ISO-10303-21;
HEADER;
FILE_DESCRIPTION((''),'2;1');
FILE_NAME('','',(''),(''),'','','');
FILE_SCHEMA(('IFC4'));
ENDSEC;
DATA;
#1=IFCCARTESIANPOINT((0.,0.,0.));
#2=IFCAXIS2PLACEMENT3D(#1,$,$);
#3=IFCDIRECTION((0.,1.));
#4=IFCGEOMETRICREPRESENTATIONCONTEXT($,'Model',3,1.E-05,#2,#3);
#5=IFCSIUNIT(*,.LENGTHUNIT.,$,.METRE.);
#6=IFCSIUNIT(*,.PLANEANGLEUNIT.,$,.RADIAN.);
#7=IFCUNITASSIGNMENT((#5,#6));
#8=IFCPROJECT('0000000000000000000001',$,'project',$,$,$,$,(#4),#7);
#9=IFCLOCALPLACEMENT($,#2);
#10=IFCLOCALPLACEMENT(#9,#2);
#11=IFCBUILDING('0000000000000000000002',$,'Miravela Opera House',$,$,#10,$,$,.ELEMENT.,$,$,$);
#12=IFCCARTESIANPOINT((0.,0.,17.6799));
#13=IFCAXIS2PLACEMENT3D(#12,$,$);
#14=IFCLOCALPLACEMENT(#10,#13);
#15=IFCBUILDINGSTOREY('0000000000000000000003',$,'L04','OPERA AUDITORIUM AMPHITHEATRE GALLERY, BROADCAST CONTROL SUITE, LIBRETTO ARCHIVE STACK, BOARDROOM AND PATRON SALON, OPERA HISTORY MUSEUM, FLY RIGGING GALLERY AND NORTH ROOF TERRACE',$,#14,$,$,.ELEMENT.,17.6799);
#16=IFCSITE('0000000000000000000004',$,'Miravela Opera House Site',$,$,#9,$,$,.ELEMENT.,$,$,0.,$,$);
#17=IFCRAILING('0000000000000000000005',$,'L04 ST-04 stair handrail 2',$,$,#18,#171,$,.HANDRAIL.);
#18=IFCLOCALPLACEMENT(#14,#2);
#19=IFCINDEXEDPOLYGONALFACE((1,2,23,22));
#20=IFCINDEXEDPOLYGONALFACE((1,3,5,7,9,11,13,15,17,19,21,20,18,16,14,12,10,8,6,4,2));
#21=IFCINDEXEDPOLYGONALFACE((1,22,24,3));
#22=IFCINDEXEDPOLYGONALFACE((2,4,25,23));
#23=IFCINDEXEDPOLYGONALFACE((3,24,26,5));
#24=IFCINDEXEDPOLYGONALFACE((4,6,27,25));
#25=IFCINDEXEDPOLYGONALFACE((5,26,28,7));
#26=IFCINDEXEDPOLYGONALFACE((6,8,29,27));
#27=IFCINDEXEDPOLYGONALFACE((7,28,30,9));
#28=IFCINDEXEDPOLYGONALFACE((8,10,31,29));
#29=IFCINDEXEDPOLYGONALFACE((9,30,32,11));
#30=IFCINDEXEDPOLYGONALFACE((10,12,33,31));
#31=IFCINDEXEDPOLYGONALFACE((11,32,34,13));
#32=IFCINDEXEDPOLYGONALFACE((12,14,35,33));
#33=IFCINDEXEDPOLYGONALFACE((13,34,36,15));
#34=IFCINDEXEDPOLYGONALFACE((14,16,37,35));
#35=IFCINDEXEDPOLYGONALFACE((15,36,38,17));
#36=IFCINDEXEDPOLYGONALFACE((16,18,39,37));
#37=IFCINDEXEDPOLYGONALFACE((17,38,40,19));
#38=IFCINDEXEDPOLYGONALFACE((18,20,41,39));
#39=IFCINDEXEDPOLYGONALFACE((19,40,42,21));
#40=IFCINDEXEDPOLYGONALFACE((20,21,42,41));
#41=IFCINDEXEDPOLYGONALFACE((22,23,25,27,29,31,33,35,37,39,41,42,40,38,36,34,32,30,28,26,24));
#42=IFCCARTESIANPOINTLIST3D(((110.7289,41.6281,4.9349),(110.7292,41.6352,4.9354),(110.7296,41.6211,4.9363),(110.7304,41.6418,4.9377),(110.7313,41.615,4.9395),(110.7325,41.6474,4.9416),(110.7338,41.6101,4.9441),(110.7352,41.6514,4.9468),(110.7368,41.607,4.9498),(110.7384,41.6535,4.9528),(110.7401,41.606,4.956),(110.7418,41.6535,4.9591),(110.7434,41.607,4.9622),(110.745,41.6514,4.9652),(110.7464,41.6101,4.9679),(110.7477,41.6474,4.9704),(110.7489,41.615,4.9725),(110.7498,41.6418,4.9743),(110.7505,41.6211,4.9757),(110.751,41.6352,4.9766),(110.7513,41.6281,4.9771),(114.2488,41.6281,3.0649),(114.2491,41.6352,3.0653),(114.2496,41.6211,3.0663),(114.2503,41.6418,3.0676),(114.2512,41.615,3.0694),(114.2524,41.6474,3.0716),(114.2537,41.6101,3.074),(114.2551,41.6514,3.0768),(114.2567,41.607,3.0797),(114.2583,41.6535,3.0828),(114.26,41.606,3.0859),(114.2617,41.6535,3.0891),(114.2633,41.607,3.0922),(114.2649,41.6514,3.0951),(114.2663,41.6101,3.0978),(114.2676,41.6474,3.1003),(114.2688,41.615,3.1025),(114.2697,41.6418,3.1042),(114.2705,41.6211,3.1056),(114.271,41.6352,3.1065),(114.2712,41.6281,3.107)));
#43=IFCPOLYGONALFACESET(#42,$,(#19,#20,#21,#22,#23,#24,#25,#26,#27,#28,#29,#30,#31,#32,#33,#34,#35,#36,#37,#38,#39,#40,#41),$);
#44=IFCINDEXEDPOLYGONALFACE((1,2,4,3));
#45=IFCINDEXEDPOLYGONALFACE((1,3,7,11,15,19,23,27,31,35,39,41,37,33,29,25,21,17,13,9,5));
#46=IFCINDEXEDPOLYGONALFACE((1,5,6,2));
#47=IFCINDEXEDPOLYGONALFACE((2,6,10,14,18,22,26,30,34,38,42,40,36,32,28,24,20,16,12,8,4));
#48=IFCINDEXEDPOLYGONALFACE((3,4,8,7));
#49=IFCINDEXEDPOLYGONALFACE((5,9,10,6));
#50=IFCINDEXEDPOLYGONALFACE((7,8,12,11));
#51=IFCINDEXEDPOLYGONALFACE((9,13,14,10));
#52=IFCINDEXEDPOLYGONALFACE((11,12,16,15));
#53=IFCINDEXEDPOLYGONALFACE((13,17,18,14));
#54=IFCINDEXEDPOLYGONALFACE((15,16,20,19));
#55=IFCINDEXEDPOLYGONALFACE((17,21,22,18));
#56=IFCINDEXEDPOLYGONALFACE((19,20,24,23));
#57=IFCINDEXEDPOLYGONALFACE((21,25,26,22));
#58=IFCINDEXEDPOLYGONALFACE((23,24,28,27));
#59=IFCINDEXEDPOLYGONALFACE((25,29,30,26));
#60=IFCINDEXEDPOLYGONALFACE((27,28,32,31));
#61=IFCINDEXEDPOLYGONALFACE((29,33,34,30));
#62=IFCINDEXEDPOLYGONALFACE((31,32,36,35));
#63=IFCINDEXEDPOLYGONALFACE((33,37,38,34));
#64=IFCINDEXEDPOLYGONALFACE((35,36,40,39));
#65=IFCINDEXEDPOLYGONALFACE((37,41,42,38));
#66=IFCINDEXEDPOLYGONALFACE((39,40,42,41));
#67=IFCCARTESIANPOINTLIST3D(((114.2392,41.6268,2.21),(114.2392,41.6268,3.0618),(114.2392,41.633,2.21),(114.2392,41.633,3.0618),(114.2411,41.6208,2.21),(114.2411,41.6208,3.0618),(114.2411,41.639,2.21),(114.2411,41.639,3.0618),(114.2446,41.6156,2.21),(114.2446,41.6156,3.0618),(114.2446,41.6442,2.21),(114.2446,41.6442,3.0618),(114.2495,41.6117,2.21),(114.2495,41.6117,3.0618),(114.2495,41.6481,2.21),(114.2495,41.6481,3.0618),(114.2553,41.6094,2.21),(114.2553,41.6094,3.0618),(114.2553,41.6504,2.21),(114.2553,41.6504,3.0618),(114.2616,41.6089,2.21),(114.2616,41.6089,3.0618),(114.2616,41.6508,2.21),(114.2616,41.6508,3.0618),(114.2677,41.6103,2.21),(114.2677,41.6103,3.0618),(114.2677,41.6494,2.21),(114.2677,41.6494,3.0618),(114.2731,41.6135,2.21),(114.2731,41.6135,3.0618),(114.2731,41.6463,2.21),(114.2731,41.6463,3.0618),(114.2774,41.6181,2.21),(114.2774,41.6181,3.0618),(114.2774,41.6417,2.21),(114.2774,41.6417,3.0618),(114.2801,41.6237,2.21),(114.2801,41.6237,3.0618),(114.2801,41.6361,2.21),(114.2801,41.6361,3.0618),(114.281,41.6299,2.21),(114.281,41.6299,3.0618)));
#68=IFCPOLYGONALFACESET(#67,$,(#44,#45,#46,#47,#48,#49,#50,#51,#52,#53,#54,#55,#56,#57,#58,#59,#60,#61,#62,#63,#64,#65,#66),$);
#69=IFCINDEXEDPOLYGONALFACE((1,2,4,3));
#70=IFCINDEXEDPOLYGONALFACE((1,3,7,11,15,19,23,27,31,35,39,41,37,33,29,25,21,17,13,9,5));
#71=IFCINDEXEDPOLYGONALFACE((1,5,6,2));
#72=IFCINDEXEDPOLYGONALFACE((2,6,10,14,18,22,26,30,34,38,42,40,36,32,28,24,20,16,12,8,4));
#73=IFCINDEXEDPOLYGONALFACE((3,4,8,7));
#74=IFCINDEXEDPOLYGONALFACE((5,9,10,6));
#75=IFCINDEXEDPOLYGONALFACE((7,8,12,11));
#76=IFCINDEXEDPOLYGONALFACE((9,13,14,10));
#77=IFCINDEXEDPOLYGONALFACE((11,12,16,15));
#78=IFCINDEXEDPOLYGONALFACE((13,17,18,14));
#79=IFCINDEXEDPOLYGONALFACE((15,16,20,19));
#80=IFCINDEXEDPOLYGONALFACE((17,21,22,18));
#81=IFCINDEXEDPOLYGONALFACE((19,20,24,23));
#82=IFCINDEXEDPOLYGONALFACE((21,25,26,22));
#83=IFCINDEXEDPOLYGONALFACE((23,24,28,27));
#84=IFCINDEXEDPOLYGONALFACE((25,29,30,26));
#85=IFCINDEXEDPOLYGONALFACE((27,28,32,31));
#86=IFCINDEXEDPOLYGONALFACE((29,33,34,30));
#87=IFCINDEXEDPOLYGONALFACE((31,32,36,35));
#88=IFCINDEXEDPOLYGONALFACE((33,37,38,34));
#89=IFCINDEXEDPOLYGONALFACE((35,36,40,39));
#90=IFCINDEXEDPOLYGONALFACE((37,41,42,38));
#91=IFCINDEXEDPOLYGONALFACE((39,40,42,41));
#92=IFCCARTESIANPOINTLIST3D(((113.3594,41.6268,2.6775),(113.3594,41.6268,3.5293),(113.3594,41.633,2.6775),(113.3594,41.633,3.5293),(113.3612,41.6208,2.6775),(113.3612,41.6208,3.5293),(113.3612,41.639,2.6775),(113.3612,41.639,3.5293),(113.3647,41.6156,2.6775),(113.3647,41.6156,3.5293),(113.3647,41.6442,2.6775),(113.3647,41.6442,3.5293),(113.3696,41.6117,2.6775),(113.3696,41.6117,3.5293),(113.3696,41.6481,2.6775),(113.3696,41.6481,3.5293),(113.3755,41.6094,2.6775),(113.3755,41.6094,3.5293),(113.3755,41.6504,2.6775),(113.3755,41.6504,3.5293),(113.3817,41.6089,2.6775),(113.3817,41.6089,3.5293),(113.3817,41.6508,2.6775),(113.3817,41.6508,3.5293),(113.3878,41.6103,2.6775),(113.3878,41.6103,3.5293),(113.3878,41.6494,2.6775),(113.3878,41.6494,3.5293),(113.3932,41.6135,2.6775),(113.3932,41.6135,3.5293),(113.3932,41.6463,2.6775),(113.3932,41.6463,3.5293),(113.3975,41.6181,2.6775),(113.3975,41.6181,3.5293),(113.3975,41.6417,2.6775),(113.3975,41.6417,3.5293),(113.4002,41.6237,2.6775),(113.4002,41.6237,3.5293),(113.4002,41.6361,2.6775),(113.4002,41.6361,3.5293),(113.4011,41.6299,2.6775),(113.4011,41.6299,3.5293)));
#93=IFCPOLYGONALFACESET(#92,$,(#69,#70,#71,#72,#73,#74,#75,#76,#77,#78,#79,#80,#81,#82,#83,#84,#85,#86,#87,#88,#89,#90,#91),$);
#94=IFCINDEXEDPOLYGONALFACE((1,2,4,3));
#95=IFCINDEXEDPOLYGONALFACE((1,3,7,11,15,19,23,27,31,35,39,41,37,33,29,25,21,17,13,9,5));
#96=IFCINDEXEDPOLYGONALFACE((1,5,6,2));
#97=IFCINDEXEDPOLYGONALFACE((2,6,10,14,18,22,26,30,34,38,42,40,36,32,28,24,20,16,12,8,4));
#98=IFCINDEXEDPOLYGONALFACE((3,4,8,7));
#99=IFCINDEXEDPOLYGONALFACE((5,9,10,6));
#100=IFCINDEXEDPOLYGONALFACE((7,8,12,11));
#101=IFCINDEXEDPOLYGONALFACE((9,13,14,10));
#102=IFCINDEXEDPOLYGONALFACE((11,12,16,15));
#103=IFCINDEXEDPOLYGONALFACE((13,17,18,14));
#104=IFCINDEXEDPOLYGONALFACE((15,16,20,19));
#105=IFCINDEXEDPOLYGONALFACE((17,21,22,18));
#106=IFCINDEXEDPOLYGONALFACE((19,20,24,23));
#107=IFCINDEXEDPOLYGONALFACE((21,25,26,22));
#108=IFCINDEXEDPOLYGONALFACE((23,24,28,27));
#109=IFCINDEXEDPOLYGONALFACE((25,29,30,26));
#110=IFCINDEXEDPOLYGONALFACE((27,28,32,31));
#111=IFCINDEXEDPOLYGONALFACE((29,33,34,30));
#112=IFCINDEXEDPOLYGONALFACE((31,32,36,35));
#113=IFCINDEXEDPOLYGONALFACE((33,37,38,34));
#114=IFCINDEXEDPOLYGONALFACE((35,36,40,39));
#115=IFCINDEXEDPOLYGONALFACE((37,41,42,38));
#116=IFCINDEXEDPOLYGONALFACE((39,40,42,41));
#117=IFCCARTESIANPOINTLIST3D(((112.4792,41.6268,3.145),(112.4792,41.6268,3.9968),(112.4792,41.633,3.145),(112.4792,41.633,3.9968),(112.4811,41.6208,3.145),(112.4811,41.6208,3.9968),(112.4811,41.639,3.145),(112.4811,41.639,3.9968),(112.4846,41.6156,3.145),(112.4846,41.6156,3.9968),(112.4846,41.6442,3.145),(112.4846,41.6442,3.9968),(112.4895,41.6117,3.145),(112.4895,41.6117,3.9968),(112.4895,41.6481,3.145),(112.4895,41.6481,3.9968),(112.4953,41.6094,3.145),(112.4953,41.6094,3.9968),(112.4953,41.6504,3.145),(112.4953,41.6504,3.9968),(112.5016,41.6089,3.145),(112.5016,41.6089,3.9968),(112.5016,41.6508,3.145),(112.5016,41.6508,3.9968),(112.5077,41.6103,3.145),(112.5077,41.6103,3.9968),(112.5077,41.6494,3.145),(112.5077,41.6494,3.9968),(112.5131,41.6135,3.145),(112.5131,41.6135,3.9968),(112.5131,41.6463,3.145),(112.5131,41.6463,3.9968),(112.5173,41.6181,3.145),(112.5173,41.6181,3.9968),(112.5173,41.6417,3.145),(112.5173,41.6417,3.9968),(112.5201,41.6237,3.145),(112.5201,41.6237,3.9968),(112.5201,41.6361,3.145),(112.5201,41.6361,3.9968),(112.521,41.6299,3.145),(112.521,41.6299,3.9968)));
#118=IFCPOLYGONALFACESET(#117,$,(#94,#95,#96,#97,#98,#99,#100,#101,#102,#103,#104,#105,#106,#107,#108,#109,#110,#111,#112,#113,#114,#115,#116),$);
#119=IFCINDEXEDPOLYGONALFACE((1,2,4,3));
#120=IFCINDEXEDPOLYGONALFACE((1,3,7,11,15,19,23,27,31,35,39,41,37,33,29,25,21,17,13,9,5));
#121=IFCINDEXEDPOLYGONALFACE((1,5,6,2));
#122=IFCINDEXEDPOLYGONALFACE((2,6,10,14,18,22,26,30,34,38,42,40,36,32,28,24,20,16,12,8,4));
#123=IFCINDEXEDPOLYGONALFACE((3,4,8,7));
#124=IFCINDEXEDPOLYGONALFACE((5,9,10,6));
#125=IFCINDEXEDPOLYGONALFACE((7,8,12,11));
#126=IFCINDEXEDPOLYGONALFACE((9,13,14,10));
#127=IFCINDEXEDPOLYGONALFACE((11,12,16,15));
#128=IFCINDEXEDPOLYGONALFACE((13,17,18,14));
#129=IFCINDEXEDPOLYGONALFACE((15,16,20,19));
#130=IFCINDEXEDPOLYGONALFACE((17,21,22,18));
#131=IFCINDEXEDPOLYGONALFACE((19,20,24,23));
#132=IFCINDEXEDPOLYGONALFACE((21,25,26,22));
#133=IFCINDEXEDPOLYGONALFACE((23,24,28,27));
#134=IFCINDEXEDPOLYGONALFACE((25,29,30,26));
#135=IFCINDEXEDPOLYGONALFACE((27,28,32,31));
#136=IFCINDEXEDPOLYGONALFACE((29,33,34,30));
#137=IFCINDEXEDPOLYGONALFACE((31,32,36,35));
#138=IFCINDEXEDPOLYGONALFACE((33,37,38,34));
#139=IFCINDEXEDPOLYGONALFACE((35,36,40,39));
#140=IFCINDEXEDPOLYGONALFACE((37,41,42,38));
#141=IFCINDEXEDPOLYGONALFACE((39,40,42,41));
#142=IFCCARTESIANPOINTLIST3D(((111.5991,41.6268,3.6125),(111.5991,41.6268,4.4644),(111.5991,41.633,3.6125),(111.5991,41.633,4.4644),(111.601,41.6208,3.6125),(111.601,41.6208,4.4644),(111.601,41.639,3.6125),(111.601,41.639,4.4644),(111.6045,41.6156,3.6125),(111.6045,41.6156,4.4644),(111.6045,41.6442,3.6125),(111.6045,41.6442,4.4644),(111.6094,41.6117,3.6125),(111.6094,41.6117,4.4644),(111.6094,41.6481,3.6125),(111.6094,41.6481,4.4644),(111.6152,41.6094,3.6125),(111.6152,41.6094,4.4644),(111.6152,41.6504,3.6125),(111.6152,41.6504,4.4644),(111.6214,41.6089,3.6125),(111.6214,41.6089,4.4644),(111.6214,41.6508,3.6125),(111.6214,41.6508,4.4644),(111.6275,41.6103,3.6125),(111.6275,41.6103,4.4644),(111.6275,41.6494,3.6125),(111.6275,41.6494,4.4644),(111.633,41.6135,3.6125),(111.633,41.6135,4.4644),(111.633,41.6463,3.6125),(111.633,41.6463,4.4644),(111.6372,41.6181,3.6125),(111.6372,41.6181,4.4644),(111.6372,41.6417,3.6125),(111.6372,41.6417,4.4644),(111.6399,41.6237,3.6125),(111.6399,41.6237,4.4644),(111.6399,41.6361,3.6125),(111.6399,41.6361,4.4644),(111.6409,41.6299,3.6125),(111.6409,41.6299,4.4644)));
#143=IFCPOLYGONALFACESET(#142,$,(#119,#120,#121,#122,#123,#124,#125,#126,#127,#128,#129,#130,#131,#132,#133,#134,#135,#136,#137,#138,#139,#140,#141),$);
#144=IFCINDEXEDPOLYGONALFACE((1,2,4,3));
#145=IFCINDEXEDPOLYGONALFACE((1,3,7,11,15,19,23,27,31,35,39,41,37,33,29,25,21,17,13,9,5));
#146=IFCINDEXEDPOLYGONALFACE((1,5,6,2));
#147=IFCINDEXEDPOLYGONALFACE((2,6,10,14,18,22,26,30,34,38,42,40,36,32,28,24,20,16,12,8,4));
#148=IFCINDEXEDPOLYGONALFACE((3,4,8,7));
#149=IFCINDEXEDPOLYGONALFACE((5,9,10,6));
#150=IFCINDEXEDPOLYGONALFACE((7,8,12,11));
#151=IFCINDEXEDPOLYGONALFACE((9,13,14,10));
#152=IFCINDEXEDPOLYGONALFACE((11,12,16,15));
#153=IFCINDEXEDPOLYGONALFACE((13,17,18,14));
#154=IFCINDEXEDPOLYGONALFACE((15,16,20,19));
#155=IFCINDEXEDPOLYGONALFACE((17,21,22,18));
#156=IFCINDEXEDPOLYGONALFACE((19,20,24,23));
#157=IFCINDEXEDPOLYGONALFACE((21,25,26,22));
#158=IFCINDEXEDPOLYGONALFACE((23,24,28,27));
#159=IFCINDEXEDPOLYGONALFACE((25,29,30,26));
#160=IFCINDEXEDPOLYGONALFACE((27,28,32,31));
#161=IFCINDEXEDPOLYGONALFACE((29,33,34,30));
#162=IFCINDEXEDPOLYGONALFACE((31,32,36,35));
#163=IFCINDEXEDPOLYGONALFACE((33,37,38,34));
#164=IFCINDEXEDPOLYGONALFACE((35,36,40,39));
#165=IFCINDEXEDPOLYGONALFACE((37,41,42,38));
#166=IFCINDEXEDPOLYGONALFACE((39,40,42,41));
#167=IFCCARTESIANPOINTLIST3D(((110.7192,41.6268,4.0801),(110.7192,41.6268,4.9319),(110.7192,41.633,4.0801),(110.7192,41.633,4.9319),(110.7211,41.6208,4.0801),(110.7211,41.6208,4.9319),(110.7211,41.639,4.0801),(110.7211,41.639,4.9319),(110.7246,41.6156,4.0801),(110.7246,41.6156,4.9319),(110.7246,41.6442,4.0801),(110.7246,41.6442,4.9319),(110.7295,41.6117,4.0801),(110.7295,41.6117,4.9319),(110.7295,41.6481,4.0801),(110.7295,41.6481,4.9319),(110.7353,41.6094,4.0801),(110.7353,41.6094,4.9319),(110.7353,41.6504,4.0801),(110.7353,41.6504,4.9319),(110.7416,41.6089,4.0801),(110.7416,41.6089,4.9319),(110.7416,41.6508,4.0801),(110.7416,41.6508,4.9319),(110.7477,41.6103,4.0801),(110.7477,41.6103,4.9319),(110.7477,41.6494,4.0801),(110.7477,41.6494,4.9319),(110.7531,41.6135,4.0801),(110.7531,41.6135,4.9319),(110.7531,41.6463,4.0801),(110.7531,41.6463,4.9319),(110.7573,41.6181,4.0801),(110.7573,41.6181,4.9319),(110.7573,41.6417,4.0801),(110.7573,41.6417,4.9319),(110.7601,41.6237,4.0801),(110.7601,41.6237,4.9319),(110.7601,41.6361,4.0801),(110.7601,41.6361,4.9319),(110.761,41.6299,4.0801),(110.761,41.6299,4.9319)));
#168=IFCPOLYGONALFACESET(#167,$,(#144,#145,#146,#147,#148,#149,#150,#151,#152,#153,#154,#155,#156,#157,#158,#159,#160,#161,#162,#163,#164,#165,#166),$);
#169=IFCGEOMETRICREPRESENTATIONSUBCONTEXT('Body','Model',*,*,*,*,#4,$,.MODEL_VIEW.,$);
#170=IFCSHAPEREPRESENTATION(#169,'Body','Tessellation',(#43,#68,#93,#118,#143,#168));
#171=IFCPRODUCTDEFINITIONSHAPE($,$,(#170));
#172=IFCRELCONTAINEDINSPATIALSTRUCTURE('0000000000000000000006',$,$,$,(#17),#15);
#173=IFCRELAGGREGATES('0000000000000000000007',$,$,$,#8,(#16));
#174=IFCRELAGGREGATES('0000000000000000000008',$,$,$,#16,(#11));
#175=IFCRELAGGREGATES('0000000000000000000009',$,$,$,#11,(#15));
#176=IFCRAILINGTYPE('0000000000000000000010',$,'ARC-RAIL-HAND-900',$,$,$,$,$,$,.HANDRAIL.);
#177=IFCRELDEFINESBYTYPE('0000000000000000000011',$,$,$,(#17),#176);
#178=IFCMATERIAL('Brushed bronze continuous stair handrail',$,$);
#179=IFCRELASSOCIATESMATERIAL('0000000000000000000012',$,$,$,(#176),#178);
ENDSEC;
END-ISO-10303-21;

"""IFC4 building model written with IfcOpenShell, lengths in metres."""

from ifc_helpers import new_model, si_unit, direction, frame, origin, origin_2d, place, context, subcontext, project, spatial, circle, extrude, material, type_object, element, save


model = new_model("IFC4")

# Units and contexts
model_context = context("Model", 3, precision=1e-05, world=origin(), true_north=direction((0.0, 1.0)))
body_context = subcontext(model_context, "Body", "Model", "MODEL_VIEW")
ifc_project = project(units=[si_unit("LENGTHUNIT", "METRE"), si_unit("PLANEANGLEUNIT", "RADIAN")], contexts=[model_context])

# Site, building, storey
site_placement = place(None, origin())
site = spatial("IfcSite", under=ifc_project, at=site_placement, Name="Miravela Opera House Site", CompositionType="ELEMENT", RefElevation=0.0)
building_placement = place(site_placement, origin())
building = spatial("IfcBuilding", under=site, at=building_placement, Name="Miravela Opera House", CompositionType="ELEMENT")
storey_placement = place(building_placement, frame((0.0, 0.0, 17.6799)))
storey = spatial("IfcBuildingStorey", under=building, at=storey_placement, Name="L04", Description="OPERA AUDITORIUM AMPHITHEATRE GALLERY, BROADCAST CONTROL SUITE, LIBRETTO ARCHIVE STACK, BOARDROOM AND PATRON SALON, OPERA HISTORY MUSEUM, FLY RIGGING GALLERY AND NORTH ROOF TERRACE", CompositionType="ELEMENT", Elevation=17.6799)

# Railing
ifc_material_1 = material(Name="Brushed bronze continuous stair handrail")
railing_type_1 = type_object("IfcRailingType", Name="ARC-RAIL-HAND-900", PredefinedType="HANDRAIL", material=ifc_material_1)
railing_1_placement = place(storey_placement, frame((114.26, 41.6299, 2.21)))
element("IfcRailing", 1, at=railing_1_placement, inside=storey, type_object=railing_type_1, Name="L04 ST-04 stair handrail 2", PredefinedType="HANDRAIL", context=body_context, shape_type="SweptSolid", body=[
    extrude(circle(Radius=0.0239, at=origin_2d()), frame((0.0, 0.0, 0.876), z_axis=(-0.883105, 0.0, 0.469176), x_axis=(0.0, -1.0, 0.0)), (0.0, 0.0, 1.0), 3.9858),
    extrude(circle(Radius=0.021, at=origin_2d()), origin(), (0.0, 0.0, 1.0), 0.8518),
    extrude(circle(Radius=0.021, at=origin_2d()), frame((-0.8799, 0.0, 0.4675)), (0.0, 0.0, 1.0), 0.8518),
    extrude(circle(Radius=0.021, at=origin_2d()), frame((-1.76, 0.0, 0.9351)), (0.0, 0.0, 1.0), 0.8518),
    extrude(circle(Radius=0.021, at=origin_2d()), frame((-2.6401, 0.0, 1.4026)), (0.0, 0.0, 1.0), 0.8518),
    extrude(circle(Radius=0.021, at=origin_2d()), frame((-3.52, 0.0, 1.8701)), (0.0, 0.0, 1.0), 0.8518),
])

save(model, "model.ifc")
